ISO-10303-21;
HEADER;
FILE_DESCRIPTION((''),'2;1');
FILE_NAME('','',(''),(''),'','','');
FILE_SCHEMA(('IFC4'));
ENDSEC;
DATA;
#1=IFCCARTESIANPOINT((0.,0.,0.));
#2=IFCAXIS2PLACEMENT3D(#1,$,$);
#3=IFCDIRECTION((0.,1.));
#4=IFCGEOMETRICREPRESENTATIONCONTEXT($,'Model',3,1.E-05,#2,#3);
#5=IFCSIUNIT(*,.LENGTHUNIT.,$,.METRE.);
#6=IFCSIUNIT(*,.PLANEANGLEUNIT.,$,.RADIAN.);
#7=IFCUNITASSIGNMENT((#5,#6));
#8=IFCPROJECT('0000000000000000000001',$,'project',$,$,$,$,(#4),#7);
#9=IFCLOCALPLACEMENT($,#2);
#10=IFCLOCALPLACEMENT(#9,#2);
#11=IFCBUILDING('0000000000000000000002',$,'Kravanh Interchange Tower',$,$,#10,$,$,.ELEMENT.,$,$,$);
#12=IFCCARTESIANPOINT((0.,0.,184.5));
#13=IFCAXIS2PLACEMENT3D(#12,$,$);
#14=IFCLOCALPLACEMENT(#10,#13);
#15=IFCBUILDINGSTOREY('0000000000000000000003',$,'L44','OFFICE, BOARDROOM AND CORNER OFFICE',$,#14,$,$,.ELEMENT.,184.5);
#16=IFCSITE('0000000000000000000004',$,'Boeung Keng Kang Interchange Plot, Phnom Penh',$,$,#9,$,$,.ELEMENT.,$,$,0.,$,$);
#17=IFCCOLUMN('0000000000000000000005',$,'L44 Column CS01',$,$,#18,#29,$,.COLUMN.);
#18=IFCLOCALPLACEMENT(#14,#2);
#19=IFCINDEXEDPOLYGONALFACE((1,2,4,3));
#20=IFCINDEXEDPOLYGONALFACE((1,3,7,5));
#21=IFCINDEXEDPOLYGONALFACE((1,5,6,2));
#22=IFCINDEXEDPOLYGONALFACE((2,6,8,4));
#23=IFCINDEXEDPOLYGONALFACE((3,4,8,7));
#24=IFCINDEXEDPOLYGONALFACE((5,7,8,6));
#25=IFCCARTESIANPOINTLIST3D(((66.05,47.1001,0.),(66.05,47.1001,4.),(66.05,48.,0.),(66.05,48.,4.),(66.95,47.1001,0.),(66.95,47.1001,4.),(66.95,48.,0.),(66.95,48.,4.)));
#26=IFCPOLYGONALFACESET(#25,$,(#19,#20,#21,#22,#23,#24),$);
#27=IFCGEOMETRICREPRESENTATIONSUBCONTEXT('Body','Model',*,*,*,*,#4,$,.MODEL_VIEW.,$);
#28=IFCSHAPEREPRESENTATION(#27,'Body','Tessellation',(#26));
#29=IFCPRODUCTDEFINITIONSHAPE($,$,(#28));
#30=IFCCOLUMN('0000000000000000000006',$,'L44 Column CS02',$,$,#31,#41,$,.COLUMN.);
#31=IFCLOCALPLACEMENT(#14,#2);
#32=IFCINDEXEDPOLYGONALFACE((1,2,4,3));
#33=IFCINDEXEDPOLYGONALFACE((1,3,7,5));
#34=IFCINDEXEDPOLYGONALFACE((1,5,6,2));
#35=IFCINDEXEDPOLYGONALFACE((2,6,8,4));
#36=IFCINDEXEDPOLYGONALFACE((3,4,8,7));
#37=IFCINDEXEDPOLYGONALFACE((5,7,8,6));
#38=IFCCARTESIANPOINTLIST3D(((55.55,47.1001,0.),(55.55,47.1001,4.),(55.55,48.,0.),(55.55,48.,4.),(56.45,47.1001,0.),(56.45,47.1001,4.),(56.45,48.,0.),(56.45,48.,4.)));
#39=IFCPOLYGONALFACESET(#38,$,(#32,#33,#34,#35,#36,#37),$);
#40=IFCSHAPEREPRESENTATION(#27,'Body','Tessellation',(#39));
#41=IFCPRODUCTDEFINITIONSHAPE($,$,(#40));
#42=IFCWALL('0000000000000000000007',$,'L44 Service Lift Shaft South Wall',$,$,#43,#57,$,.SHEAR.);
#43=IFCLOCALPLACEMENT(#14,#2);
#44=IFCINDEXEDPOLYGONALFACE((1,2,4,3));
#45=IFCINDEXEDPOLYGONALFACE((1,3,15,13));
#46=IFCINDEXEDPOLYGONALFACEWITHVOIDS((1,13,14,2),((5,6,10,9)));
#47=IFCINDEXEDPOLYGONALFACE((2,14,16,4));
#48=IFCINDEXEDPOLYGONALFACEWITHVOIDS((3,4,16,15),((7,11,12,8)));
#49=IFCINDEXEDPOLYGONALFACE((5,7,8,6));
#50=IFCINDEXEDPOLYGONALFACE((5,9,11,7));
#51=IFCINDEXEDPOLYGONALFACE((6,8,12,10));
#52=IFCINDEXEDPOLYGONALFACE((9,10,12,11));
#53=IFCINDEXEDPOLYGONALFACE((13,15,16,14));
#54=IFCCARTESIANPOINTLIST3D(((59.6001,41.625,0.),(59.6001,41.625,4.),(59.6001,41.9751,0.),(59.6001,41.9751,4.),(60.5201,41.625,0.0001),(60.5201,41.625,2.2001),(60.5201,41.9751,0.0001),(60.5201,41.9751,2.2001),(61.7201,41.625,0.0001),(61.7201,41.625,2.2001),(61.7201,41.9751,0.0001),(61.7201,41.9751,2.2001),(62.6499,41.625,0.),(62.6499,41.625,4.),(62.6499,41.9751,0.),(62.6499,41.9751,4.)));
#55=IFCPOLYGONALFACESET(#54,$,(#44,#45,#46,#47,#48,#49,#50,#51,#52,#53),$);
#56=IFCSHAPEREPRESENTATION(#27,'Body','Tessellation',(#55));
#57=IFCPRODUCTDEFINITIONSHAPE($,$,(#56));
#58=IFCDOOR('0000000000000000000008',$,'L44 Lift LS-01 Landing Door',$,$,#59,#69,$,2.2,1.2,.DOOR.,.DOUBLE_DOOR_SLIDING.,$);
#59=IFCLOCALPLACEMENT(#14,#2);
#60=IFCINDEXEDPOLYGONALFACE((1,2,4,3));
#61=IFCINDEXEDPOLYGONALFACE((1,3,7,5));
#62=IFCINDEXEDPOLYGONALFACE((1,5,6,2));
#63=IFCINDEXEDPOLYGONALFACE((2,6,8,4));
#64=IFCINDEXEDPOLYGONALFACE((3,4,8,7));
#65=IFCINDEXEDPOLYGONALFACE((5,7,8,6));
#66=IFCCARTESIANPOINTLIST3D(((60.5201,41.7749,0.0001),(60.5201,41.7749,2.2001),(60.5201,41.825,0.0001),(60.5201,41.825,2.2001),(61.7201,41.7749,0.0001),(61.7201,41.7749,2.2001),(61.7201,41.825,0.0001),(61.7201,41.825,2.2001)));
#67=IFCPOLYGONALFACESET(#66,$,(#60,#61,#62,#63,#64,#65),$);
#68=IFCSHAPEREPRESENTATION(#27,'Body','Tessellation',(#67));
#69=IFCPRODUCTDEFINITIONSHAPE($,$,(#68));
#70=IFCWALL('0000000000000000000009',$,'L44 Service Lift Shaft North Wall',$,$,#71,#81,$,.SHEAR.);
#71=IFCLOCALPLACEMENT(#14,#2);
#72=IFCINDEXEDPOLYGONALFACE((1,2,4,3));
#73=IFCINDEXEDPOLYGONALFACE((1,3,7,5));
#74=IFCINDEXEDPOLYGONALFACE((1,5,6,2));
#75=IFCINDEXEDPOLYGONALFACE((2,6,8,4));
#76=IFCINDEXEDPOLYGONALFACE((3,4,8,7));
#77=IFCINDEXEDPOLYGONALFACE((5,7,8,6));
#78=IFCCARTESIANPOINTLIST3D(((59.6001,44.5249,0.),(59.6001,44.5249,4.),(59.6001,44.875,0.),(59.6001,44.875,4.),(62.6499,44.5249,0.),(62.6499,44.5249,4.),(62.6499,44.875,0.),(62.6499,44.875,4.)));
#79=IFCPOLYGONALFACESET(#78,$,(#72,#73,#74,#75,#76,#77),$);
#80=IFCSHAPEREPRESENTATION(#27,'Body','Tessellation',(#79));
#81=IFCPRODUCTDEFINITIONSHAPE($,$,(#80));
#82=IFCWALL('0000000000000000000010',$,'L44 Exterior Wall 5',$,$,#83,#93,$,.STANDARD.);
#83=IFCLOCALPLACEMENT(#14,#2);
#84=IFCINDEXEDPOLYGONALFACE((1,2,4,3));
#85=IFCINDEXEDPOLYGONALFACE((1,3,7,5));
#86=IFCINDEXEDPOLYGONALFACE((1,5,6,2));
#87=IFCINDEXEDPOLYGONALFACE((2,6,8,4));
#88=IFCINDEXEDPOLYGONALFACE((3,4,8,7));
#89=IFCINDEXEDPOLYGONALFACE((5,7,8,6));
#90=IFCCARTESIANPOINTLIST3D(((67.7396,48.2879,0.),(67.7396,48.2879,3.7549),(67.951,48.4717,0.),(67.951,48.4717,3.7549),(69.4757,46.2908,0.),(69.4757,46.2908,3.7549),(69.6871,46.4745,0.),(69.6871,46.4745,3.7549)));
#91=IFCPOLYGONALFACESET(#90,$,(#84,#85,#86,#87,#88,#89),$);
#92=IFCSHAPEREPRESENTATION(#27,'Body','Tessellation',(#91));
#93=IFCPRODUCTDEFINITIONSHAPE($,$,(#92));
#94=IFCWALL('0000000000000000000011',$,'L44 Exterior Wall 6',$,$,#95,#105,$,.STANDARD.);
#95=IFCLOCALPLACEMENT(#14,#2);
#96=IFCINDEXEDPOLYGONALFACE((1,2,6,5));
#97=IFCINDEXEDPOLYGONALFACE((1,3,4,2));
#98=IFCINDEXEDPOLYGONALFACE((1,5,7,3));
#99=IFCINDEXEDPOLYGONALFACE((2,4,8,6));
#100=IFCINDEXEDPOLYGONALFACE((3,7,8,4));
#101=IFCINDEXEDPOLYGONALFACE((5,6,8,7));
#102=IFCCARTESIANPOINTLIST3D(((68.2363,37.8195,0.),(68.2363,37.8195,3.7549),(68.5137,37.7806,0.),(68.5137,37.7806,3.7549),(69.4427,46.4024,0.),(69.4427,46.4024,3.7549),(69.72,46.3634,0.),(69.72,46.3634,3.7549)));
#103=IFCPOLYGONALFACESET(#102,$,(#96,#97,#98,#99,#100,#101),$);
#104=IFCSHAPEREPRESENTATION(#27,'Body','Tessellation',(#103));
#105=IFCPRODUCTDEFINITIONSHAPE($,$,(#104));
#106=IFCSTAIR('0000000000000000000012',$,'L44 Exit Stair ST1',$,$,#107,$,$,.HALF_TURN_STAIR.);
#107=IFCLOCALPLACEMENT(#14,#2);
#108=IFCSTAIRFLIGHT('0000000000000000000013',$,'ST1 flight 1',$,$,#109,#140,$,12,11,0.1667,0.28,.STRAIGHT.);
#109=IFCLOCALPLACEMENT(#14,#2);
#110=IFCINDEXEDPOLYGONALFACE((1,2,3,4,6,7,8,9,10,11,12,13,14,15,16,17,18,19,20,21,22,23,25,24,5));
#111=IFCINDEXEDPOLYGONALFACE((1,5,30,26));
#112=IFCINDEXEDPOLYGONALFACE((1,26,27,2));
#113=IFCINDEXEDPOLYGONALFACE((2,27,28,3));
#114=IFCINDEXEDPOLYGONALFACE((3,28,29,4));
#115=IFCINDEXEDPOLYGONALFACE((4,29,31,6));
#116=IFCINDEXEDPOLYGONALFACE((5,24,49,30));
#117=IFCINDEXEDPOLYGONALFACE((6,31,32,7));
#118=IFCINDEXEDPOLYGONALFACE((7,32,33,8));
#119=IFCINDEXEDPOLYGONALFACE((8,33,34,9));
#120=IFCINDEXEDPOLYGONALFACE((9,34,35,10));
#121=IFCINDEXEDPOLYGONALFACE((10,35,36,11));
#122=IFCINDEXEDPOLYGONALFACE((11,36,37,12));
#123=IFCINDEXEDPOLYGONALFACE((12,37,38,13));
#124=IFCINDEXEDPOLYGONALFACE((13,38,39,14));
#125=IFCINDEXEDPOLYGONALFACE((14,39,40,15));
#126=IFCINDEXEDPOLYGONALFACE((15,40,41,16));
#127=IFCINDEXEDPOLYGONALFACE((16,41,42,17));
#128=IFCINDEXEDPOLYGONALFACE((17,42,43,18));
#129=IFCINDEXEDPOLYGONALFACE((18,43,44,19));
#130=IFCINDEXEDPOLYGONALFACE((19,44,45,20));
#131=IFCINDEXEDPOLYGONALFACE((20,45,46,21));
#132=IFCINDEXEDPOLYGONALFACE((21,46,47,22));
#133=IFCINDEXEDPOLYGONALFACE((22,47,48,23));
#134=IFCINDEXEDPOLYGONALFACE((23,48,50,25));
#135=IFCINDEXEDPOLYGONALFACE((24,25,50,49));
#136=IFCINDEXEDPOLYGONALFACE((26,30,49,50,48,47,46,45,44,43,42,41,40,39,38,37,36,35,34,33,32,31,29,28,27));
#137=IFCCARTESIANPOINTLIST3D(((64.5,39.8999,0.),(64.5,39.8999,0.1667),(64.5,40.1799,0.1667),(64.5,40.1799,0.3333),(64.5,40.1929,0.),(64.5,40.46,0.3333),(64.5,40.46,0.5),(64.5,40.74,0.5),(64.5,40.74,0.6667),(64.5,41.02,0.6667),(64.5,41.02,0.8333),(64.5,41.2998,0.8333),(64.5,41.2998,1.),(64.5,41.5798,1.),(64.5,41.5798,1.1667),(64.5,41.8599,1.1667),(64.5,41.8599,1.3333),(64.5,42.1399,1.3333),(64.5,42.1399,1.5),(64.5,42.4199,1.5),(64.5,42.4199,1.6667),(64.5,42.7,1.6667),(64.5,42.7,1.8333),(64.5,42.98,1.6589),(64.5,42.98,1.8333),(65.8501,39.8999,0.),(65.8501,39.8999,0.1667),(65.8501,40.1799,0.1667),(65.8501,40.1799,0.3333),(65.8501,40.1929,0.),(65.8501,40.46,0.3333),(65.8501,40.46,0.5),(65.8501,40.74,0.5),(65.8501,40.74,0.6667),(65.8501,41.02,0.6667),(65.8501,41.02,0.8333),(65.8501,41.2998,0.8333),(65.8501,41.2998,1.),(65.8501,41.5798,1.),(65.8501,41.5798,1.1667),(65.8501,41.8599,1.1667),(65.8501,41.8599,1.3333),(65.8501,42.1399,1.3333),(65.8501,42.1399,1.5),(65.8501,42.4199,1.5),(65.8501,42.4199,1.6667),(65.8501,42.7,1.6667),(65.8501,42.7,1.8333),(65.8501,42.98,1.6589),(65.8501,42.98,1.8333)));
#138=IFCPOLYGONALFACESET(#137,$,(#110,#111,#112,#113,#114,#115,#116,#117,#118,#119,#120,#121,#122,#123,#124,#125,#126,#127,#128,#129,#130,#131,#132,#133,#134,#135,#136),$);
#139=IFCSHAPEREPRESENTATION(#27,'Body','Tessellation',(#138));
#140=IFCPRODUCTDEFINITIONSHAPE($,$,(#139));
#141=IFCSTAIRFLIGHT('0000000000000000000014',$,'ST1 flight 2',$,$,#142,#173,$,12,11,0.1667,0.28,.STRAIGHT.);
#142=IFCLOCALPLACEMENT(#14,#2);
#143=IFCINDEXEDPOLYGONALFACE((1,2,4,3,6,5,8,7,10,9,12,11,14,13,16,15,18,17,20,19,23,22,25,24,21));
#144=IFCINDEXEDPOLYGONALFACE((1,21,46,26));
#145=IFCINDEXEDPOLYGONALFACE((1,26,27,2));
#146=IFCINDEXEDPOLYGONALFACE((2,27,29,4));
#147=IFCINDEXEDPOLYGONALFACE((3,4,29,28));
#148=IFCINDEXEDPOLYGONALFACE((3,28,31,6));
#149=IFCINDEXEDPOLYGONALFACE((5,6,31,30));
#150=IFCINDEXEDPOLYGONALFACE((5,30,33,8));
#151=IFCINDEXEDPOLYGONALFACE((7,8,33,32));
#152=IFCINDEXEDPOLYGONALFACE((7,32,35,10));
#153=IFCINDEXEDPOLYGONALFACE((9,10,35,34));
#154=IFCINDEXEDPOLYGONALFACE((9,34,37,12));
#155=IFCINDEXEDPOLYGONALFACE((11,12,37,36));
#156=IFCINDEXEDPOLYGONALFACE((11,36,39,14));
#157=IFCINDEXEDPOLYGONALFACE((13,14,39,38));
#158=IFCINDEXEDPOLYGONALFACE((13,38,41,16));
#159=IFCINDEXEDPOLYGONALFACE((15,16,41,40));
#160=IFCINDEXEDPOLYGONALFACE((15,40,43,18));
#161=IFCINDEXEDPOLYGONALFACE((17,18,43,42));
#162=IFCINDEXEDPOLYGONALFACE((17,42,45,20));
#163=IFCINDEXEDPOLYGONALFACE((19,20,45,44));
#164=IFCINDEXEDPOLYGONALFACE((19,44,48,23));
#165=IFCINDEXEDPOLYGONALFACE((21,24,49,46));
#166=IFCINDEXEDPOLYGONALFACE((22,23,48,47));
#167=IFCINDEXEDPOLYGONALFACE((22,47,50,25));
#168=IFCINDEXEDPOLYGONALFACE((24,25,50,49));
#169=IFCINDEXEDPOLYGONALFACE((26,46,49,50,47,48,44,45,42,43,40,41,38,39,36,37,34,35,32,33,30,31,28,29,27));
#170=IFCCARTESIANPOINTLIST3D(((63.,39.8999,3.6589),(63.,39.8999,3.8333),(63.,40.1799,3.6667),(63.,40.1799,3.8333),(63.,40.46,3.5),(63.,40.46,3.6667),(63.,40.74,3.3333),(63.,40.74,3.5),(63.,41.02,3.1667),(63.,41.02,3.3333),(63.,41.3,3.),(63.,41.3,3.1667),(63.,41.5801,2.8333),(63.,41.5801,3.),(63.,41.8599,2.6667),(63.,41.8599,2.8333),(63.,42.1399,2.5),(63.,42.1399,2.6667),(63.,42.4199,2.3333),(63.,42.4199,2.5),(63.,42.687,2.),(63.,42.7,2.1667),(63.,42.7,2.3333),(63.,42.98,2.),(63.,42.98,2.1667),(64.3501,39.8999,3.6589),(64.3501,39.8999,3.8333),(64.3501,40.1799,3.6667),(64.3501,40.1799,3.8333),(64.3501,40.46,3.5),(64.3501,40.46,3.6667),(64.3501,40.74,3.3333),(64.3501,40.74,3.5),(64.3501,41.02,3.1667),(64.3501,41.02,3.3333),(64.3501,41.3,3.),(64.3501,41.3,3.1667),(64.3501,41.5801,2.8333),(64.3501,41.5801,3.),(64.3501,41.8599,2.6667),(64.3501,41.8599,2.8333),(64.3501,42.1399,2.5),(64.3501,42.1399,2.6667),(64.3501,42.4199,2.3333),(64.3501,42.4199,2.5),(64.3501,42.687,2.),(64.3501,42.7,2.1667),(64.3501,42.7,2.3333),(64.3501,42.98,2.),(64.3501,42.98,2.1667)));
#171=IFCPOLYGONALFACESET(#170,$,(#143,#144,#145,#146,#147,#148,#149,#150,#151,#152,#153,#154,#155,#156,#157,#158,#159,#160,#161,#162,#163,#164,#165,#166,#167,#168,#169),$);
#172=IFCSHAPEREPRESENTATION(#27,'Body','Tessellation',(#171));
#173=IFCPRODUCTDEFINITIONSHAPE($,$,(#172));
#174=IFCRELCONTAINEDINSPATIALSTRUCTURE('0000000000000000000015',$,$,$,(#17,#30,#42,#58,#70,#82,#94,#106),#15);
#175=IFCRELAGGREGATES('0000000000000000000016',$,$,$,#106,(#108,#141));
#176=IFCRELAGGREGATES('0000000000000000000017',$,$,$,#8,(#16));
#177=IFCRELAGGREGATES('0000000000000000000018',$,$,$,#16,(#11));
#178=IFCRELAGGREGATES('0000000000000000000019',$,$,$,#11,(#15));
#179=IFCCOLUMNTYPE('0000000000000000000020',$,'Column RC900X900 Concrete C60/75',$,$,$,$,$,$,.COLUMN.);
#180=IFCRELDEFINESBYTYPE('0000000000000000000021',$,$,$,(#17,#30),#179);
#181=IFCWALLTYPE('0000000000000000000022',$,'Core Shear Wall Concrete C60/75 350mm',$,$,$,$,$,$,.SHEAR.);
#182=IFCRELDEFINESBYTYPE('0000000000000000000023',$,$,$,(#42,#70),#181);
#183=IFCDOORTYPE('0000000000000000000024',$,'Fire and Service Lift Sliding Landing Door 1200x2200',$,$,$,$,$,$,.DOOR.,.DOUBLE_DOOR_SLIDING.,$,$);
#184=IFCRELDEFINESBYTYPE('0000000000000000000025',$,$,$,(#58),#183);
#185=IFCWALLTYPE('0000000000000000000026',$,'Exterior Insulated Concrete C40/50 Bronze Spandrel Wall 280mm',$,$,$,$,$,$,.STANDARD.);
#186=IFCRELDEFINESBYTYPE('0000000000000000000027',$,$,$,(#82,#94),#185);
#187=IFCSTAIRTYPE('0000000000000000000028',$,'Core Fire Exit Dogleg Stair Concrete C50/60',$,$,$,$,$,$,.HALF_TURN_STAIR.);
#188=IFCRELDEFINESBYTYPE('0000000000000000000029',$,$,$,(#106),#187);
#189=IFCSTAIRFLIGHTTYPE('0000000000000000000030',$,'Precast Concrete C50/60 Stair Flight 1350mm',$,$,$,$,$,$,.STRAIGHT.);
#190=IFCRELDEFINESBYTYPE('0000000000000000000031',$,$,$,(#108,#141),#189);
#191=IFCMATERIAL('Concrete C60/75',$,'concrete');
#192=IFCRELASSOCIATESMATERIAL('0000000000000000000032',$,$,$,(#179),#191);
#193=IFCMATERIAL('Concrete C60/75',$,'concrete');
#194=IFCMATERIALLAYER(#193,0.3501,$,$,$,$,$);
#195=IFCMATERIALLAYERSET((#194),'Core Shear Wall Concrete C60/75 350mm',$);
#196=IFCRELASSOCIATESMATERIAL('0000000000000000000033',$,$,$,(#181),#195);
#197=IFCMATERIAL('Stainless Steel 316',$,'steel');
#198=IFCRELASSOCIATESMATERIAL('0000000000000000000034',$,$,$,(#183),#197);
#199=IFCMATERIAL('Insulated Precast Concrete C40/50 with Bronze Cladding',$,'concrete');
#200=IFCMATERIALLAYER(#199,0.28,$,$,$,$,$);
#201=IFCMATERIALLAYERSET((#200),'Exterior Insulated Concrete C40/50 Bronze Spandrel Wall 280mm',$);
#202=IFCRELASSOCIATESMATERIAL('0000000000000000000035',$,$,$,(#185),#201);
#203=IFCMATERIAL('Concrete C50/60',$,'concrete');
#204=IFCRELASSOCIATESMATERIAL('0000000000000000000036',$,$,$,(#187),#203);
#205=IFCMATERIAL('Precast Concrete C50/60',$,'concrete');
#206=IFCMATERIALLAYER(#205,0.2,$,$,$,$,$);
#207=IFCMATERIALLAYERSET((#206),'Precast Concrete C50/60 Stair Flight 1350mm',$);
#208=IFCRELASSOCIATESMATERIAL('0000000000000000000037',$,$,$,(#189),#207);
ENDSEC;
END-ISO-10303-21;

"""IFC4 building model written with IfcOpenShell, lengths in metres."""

from ifc_helpers import new_model, si_unit, direction, frame, frame_2d, origin, origin_2d, place, context, subcontext, project, spatial, polyline, rectangle, outline, extrude, material, layer, layer_set, material_profile, profile_set, type_object, element, fill, aggregate, save


model = new_model("IFC4")

# Units and contexts
model_context = context("Model", 3, precision=1e-05, world=origin(), true_north=direction((0.0, 1.0)))
body_context = subcontext(model_context, "Body", "Model", "MODEL_VIEW")
ifc_project = project(units=[si_unit("LENGTHUNIT", "METRE"), si_unit("PLANEANGLEUNIT", "RADIAN")], contexts=[model_context])

# Site, building, storey
site_placement = place(None, origin())
site = spatial("IfcSite", under=ifc_project, at=site_placement, Name="Boeung Keng Kang Interchange Plot, Phnom Penh", CompositionType="ELEMENT", RefElevation=0.0)
building_placement = place(site_placement, origin())
building = spatial("IfcBuilding", under=site, at=building_placement, Name="Kravanh Interchange Tower", CompositionType="ELEMENT")
storey_placement = place(building_placement, frame((0.0, 0.0, 184.5)))
storey = spatial("IfcBuildingStorey", under=building, at=storey_placement, Name="L44", Description="OFFICE, BOARDROOM AND CORNER OFFICE", CompositionType="ELEMENT", Elevation=184.5)

# Columns
ifc_material_1 = material(Name="Concrete C60/75", Category="concrete")
ifc_material_profile = material_profile(ifc_material_1, rectangle(XDim=0.8999, YDim=0.8999, at=origin_2d()), Name="RC900X900")
ifc_profile_set = profile_set([ifc_material_profile], Name="Concrete C60/75")
column_type = type_object("IfcColumnType", Name="Column RC900X900 Concrete C60/75", PredefinedType="COLUMN", material=ifc_profile_set)
for number, where, z_axis, x_axis, name in (
    (1, (66.5, 47.55, 0.0), (0.0, 0.0, 1.0), (1.0, 0.0, 0.0), "L44 Column CS01"),
    (2, (56.0, 47.55, 0.0), (0.0, 0.0, 1.0), (1.0, 0.0, 0.0), "L44 Column CS02"),
):
    element("IfcColumn", number, at=place(storey_placement, frame(where, z_axis=z_axis, x_axis=x_axis)), inside=storey, type_object=column_type, Name=name, PredefinedType="COLUMN", context=body_context, shape_type="SweptSolid", body=[
        extrude(rectangle(XDim=0.8999, YDim=0.8999, at=origin_2d()), origin(), (0.0, 0.0, 1.0), 4.0),
    ])

# Wall, opening, door
ifc_material_2 = material(Name="Concrete C60/75", Category="concrete")
ifc_layer_1 = layer(ifc_material_2, 0.3501)
ifc_layer_set_1 = layer_set([ifc_layer_1], Name="Core Shear Wall Concrete C60/75 350mm")
wall_type_1 = type_object("IfcWallType", Name="Core Shear Wall Concrete C60/75 350mm", PredefinedType="SHEAR", material=ifc_layer_set_1)
wall_1_placement = place(storey_placement, frame((59.6001, 41.8, 0.0), z_axis=(0.0, 0.0, 1.0), x_axis=(1.0, 0.0, 0.0)))
wall_1 = element("IfcWall", 3, at=wall_1_placement, inside=storey, type_object=wall_type_1, Name="L44 Service Lift Shaft South Wall", PredefinedType="SHEAR", context=body_context, shape_type="SweptSolid", body=[
    extrude(rectangle(XDim=3.0498, YDim=0.3501, at=frame_2d((1.5249, 0.0))), origin(), (0.0, 0.0, 1.0), 4.0),
])
opening_placement = place(wall_1_placement, frame((0.9199, 0.0, 0.0)))
opening = element("IfcOpeningElement", 4, at=opening_placement, cuts=wall_1, PredefinedType="OPENING", context=body_context, shape_type="SweptSolid", body=[
    extrude(rectangle(XDim=1.2, YDim=2.2, at=frame_2d((0.6001, 1.1001))), frame((0.0, 0.1851, 0.0), z_axis=(0.0, -1.0, 0.0), x_axis=(1.0, 0.0, 0.0)), (0.0, 0.0, 1.0), 0.3701),
])
ifc_material_3 = material(Name="Stainless Steel 316", Category="steel")
door_type = type_object("IfcDoorType", Name="Fire and Service Lift Sliding Landing Door 1200x2200", OperationType="DOUBLE_DOOR_SLIDING", PredefinedType="DOOR", material=ifc_material_3)
door_placement = place(opening_placement, origin())
door = element("IfcDoor", 5, at=door_placement, inside=storey, type_object=door_type, Name="L44 Lift LS-01 Landing Door", OperationType="DOUBLE_DOOR_SLIDING", OverallHeight=2.2, OverallWidth=1.2, PredefinedType="DOOR", context=body_context, shape_type="SweptSolid", body=[
    extrude(rectangle(XDim=1.2, YDim=2.2, at=frame_2d((0.6001, 1.1001))), frame((0.0, 0.0249, 0.0), z_axis=(0.0, -1.0, 0.0), x_axis=(1.0, 0.0, 0.0)), (0.0, 0.0, 1.0), 0.05),
])
fill(opening, door)

# Walls
wall_2_placement = place(storey_placement, frame((59.6001, 44.7, 0.0), z_axis=(0.0, 0.0, 1.0), x_axis=(1.0, 0.0, 0.0)))
element("IfcWall", 6, at=wall_2_placement, inside=storey, type_object=wall_type_1, Name="L44 Service Lift Shaft North Wall", PredefinedType="SHEAR", context=body_context, shape_type="SweptSolid", body=[
    extrude(rectangle(XDim=3.0498, YDim=0.3501, at=frame_2d((1.5249, 0.0))), origin(), (0.0, 0.0, 1.0), 4.0),
])
ifc_material_4 = material(Name="Insulated Precast Concrete C40/50 with Bronze Cladding", Category="concrete")
ifc_layer_2 = layer(ifc_material_4, 0.28)
ifc_layer_set_2 = layer_set([ifc_layer_2], Name="Exterior Insulated Concrete C40/50 Bronze Spandrel Wall 280mm")
wall_type_2 = type_object("IfcWallType", Name="Exterior Insulated Concrete C40/50 Bronze Spandrel Wall 280mm", PredefinedType="STANDARD", material=ifc_layer_set_2)
wall_3_placement = place(storey_placement, frame((67.8452, 48.3799, 0.0), z_axis=(0.0, 0.0, 1.0), x_axis=(0.656071, -0.754699, 0.0)))
element("IfcWall", 7, at=wall_3_placement, inside=storey, type_object=wall_type_2, Name="L44 Exterior Wall 5", PredefinedType="STANDARD", context=body_context, shape_type="SweptSolid", body=[
    extrude(rectangle(XDim=2.6462, YDim=0.28, at=frame_2d((1.3232, 0.0))), origin(), (0.0, 0.0, 1.0), 3.7549),
])
wall_4_placement = place(storey_placement, frame((69.5813, 46.3828, 0.0), z_axis=(0.0, 0.0, 1.0), x_axis=(-0.139181, -0.990267, 0.0)))
element("IfcWall", 8, at=wall_4_placement, inside=storey, type_object=wall_type_2, Name="L44 Exterior Wall 6", PredefinedType="STANDARD", context=body_context, shape_type="SweptSolid", body=[
    extrude(rectangle(XDim=8.6672, YDim=0.28, at=frame_2d((4.3335, 0.0))), origin(), (0.0, 0.0, 1.0), 3.7549),
])

# Stair, stair flights
ifc_material_5 = material(Name="Concrete C50/60", Category="concrete")
stair_type = type_object("IfcStairType", Name="Core Fire Exit Dogleg Stair Concrete C50/60", PredefinedType="HALF_TURN_STAIR", material=ifc_material_5)
stair_1_placement = place(storey_placement, origin())
stair_1 = element("IfcStair", 9, at=stair_1_placement, inside=storey, type_object=stair_type, Name="L44 Exit Stair ST1", PredefinedType="HALF_TURN_STAIR")
ifc_material_6 = material(Name="Precast Concrete C50/60", Category="concrete")
ifc_layer_3 = layer(ifc_material_6, 0.2)
ifc_layer_set_3 = layer_set([ifc_layer_3], Name="Precast Concrete C50/60 Stair Flight 1350mm")
stair_flight_type = type_object("IfcStairFlightType", Name="Precast Concrete C50/60 Stair Flight 1350mm", PredefinedType="STRAIGHT", material=ifc_layer_set_3)
stair_flight_1_placement = place(storey_placement, frame((65.175, 39.8999, 0.0), z_axis=(0.0, 0.0, 1.0), x_axis=(0.0, 1.0, 0.0)))
stair_flight_1 = element("IfcStairFlight", 10, at=stair_flight_1_placement, type_object=stair_flight_type, Name="ST1 flight 1", NumberOfRisers=12, NumberOfTreads=11, PredefinedType="STRAIGHT", RiserHeight=0.1667, TreadLength=0.28, context=body_context, shape_type="SweptSolid", body=[
    extrude(outline(polyline([(0.0, 0.0), (0.0, 0.1667), (0.28, 0.1667), (0.28, 0.3333), (0.5601, 0.3333), (0.5601, 0.5), (0.8401, 0.5), (0.8401, 0.6667), (1.1201, 0.6667), (1.1201, 0.8333), (1.3999, 0.8333), (1.3999, 1.0), (1.6799, 1.0), (1.6799, 1.1667), (1.96, 1.1667), (1.96, 1.3333), (2.24, 1.3333), (2.24, 1.5), (2.52, 1.5), (2.52, 1.6667), (2.8, 1.6667), (2.8, 1.8333), (3.0801, 1.8333), (3.0801, 2.0), (3.0801, 1.6589), (0.293, 0.0), (0.0, 0.0)])), frame((0.0, 0.675, 0.0), z_axis=(0.0, -1.0, 0.0), x_axis=(1.0, 0.0, 0.0)), (0.0, 0.0, 1.0), 1.3501),
])
stair_flight_2_placement = place(storey_placement, frame((63.675, 42.98, 2.0), z_axis=(0.0, 0.0, 1.0), x_axis=(0.0, -1.0, 0.0)))
stair_flight_2 = element("IfcStairFlight", 11, at=stair_flight_2_placement, type_object=stair_flight_type, Name="ST1 flight 2", NumberOfRisers=12, NumberOfTreads=11, PredefinedType="STRAIGHT", RiserHeight=0.1667, TreadLength=0.28, context=body_context, shape_type="SweptSolid", body=[
    extrude(outline(polyline([(0.0, 0.0), (0.0, 0.1667), (0.28, 0.1667), (0.28, 0.3333), (0.5601, 0.3333), (0.5601, 0.5), (0.8401, 0.5), (0.8401, 0.6667), (1.1201, 0.6667), (1.1201, 0.8333), (1.3999, 0.8333), (1.3999, 1.0), (1.6799, 1.0), (1.6799, 1.1667), (1.96, 1.1667), (1.96, 1.3333), (2.24, 1.3333), (2.24, 1.5), (2.52, 1.5), (2.52, 1.6667), (2.8, 1.6667), (2.8, 1.8333), (3.0801, 1.8333), (3.0801, 2.0), (3.0801, 1.6589), (0.293, 0.0), (0.0, 0.0)])), frame((0.0, 0.675, 0.0), z_axis=(0.0, -1.0, 0.0), x_axis=(1.0, 0.0, 0.0)), (0.0, 0.0, 1.0), 1.3501),
])
aggregate(stair_1, [stair_flight_1, stair_flight_2])

save(model, "model.ifc")
